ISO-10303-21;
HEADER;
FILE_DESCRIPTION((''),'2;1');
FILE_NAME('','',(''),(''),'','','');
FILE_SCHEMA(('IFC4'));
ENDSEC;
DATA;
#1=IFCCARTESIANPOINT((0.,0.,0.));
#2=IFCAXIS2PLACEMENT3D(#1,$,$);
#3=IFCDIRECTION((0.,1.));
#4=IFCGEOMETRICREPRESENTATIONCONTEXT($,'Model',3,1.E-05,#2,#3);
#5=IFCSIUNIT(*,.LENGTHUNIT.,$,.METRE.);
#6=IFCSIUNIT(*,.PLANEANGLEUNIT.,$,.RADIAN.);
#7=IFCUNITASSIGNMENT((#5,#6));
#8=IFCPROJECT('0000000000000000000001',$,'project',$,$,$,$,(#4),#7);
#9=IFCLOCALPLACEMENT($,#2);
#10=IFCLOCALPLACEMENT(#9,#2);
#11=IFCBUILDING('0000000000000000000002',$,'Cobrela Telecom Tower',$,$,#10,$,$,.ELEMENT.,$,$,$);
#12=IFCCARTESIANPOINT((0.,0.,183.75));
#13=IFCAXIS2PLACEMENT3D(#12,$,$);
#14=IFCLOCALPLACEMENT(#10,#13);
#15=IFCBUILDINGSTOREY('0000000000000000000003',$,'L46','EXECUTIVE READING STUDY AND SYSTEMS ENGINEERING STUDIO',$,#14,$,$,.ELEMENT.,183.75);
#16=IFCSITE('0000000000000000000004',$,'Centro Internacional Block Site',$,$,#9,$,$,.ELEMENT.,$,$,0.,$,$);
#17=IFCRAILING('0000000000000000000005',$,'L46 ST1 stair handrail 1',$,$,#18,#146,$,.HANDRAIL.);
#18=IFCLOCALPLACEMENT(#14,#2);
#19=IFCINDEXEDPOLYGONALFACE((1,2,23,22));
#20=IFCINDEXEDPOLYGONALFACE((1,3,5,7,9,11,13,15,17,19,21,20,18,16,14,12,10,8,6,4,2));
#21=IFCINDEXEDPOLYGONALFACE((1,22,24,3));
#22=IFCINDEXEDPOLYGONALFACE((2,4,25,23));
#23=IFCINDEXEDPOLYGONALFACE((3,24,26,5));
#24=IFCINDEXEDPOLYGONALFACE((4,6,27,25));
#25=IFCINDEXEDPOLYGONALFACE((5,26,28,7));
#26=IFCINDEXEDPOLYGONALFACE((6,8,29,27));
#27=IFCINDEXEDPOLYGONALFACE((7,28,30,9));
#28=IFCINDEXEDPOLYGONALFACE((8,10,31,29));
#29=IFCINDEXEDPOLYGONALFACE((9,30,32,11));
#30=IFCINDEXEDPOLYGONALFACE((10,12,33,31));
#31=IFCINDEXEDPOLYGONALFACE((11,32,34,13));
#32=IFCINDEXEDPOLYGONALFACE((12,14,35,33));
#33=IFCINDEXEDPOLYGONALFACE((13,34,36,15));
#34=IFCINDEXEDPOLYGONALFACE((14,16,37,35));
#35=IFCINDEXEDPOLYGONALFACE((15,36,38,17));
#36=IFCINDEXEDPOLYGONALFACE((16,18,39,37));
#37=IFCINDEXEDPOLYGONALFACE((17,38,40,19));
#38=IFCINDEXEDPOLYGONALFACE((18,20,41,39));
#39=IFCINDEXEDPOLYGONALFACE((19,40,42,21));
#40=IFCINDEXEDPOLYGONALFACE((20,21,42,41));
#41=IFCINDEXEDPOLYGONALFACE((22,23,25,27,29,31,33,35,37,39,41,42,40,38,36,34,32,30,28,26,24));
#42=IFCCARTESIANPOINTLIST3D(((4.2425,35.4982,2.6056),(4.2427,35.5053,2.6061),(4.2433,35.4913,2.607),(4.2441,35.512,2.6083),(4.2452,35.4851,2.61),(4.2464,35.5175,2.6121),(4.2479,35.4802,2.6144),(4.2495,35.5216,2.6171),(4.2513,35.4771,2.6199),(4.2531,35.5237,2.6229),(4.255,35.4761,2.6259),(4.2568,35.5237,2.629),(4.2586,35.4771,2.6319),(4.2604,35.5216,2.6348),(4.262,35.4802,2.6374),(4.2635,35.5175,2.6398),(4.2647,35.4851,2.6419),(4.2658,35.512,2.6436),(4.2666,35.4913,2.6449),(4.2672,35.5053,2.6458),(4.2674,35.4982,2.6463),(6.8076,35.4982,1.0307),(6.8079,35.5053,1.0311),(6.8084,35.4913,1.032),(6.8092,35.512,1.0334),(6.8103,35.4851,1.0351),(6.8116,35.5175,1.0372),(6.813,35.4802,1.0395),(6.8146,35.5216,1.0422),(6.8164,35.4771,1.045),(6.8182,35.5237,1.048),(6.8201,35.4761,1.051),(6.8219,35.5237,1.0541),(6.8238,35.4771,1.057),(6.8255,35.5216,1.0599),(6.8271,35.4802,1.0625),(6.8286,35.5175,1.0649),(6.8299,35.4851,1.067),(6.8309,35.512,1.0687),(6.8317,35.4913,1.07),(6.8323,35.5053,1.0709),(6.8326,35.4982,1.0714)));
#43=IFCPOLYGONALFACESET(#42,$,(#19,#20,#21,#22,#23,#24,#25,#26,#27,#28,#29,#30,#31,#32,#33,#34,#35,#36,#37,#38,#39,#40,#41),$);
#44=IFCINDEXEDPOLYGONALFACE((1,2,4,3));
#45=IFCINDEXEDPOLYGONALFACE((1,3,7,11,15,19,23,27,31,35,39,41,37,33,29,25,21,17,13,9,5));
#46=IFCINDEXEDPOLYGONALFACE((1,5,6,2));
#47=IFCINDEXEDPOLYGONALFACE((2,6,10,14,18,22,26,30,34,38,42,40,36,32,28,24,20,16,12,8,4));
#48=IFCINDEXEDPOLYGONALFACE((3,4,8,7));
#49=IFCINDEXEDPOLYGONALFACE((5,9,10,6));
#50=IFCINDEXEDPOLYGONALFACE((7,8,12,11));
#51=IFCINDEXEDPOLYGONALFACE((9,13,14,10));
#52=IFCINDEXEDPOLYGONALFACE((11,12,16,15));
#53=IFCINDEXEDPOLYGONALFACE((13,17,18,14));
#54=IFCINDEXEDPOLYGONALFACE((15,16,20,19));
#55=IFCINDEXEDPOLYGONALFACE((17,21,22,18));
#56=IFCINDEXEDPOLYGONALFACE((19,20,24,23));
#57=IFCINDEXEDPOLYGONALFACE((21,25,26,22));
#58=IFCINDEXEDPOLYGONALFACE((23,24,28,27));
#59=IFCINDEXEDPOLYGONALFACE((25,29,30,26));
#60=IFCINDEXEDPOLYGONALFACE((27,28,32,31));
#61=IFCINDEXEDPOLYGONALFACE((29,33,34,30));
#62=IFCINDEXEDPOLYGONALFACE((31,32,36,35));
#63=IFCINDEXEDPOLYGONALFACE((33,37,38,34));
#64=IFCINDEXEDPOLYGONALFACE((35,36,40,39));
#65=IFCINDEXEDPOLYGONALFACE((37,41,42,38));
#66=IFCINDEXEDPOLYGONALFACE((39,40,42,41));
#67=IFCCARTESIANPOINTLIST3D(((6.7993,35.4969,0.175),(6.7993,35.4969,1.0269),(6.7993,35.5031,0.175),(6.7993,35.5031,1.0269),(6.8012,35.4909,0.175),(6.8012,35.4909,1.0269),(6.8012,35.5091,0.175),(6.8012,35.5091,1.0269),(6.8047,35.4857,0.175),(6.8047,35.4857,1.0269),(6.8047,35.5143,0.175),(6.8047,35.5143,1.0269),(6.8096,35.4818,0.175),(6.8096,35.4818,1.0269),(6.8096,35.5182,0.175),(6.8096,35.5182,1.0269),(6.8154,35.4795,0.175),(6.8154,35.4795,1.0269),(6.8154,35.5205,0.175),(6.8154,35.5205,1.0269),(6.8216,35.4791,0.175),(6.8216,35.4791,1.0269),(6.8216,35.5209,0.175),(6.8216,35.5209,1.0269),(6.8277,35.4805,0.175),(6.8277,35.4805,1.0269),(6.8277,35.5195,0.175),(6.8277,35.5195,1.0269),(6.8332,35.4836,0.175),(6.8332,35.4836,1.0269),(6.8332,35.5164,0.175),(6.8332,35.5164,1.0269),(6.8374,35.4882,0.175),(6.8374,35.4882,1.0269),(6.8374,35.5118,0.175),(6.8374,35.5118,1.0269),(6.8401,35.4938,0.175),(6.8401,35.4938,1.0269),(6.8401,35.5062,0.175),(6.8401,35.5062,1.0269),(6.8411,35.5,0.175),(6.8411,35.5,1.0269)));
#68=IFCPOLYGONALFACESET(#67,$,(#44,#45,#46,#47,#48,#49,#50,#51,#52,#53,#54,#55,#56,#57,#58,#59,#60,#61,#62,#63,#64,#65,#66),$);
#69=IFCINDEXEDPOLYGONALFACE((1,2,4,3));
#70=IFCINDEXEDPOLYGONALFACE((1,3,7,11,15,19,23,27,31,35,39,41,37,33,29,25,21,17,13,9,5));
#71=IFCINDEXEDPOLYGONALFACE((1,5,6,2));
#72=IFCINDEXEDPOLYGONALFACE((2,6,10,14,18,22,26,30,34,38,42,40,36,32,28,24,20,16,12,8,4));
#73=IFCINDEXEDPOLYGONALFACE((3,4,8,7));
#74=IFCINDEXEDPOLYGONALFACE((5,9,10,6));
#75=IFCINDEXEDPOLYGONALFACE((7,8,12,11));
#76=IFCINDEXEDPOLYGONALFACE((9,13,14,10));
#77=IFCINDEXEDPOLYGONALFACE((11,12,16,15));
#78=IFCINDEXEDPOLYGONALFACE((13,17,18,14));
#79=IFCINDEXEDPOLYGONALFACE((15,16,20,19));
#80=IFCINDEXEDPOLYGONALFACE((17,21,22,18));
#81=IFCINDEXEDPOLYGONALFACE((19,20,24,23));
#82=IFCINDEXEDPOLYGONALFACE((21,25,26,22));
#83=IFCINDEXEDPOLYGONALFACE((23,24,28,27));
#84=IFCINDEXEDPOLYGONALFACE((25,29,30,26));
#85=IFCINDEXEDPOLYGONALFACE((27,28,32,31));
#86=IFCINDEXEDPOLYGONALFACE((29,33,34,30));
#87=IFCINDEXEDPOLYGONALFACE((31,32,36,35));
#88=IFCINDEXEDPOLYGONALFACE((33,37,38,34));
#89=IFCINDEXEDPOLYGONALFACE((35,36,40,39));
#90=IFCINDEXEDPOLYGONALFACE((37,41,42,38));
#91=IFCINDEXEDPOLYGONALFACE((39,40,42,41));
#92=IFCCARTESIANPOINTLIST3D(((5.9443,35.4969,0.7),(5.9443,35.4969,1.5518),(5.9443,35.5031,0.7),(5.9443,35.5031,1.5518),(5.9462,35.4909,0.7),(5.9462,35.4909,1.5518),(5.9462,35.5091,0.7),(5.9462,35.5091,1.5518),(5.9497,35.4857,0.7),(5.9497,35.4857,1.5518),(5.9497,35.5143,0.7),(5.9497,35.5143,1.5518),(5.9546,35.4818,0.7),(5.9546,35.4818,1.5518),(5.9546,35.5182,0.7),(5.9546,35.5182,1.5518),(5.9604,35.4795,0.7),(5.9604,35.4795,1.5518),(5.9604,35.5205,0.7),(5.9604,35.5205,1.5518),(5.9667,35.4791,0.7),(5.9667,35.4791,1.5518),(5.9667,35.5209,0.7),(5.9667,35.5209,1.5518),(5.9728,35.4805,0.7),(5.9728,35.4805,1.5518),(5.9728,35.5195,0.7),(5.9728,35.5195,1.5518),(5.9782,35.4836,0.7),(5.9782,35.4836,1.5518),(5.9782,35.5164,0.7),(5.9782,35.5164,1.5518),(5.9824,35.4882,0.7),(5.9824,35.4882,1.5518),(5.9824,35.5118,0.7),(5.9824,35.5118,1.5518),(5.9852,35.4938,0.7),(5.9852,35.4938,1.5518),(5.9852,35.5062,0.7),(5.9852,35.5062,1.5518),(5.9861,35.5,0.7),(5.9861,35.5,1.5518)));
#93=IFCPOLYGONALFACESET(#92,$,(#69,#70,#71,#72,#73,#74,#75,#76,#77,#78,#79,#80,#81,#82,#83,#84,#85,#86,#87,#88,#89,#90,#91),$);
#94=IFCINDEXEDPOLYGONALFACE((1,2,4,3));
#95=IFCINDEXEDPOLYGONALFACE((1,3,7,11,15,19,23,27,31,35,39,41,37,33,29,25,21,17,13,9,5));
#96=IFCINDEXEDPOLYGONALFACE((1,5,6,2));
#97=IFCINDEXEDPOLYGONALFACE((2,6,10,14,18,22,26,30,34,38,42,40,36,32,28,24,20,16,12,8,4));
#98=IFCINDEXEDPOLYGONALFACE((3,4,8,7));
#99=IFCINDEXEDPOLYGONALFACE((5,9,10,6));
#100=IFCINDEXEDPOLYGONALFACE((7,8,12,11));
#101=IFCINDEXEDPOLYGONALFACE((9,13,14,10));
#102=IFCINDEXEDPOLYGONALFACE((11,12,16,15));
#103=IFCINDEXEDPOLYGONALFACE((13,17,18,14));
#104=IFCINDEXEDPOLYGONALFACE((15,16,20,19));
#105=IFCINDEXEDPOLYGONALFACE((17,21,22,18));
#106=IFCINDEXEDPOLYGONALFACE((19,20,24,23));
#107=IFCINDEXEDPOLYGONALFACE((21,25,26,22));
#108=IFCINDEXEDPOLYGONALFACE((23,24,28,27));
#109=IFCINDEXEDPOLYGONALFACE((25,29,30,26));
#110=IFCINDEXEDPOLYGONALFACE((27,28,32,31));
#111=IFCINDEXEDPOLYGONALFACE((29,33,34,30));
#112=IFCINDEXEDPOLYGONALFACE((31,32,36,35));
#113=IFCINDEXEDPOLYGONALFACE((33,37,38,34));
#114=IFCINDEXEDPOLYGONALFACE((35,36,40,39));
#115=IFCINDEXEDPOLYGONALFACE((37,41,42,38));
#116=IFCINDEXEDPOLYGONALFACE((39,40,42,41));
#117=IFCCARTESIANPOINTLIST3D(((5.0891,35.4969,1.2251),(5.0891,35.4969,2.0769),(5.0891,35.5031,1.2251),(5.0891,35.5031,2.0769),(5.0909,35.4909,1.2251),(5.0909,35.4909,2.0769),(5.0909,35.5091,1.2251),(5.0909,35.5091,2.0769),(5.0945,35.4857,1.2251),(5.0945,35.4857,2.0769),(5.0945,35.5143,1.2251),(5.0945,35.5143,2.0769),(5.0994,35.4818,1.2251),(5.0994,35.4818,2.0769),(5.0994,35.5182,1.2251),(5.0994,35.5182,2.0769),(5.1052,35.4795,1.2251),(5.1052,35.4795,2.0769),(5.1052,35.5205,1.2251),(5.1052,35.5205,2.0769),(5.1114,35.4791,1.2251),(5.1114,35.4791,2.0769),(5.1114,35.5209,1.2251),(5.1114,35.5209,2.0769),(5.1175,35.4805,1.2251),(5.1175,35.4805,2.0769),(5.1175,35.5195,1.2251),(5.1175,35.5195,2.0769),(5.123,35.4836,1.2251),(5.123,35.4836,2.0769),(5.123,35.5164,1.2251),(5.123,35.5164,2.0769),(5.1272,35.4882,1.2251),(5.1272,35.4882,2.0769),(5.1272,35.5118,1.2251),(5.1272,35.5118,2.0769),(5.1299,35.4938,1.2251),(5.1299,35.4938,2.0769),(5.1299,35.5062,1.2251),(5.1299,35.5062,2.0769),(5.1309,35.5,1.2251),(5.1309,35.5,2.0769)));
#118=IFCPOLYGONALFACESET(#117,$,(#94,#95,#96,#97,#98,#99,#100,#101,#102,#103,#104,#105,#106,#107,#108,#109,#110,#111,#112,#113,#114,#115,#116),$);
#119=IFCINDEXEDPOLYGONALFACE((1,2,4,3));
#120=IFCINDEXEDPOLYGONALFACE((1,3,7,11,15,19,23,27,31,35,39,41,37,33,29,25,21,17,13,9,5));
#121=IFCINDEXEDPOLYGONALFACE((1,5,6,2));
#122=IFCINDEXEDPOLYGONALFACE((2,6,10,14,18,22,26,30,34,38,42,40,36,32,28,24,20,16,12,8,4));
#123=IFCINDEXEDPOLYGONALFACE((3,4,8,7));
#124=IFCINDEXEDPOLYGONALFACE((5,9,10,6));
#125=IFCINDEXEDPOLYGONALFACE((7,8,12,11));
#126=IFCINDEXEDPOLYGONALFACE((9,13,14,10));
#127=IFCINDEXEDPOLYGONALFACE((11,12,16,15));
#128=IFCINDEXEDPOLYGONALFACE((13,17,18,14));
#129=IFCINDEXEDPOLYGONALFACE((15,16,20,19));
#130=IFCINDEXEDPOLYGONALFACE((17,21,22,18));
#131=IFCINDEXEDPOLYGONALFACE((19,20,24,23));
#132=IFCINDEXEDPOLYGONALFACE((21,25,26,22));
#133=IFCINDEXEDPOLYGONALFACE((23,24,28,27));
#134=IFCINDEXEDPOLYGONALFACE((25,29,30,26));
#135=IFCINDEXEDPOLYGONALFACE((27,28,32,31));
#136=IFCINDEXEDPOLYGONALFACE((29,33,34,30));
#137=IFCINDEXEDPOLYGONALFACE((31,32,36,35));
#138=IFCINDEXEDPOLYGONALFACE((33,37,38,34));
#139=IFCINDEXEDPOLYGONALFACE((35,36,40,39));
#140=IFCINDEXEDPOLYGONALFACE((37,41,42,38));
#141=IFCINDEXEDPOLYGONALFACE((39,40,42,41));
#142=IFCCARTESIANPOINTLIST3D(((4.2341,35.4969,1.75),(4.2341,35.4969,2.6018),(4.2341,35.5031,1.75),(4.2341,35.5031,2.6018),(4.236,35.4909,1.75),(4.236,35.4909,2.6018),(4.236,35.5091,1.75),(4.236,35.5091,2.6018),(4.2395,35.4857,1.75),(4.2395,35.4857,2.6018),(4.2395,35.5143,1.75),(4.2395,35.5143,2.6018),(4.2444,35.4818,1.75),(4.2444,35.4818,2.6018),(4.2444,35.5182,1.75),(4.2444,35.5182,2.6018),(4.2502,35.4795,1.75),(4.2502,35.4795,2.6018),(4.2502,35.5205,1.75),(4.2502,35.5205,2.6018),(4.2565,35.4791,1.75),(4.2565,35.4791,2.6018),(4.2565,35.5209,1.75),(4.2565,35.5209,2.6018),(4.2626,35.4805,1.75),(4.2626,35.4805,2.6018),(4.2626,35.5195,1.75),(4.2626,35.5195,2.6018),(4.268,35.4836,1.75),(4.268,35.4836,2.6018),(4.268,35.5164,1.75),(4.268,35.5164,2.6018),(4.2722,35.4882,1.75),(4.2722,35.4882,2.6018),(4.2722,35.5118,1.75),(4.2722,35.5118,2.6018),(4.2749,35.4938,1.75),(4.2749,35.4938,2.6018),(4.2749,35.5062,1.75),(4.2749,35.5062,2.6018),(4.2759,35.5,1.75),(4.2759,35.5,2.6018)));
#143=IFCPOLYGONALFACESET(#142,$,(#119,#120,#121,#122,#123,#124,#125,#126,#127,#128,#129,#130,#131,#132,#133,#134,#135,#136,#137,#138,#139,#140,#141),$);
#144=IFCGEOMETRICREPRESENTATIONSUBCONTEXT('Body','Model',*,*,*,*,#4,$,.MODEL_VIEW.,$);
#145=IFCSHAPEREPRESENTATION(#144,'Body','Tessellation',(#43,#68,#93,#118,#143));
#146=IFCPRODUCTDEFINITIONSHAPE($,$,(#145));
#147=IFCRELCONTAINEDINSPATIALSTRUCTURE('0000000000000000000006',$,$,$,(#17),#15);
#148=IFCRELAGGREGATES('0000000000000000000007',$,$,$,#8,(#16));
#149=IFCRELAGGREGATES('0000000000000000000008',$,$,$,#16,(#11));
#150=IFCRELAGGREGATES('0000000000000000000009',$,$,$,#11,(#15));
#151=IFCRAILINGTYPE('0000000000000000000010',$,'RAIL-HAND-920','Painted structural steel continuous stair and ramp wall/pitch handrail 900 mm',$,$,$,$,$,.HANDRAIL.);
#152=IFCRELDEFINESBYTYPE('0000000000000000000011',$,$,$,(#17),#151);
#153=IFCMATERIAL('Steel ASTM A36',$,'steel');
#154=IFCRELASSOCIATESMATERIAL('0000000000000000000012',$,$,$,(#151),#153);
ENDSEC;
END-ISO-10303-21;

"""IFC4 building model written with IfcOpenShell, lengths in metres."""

from ifc_helpers import new_model, si_unit, direction, frame, origin, origin_2d, place, context, subcontext, project, spatial, circle, extrude, material, type_object, element, save


model = new_model("IFC4")

# Units and contexts
model_context = context("Model", 3, precision=1e-05, world=origin(), true_north=direction((0.0, 1.0)))
body_context = subcontext(model_context, "Body", "Model", "MODEL_VIEW")
ifc_project = project(units=[si_unit("LENGTHUNIT", "METRE"), si_unit("PLANEANGLEUNIT", "RADIAN")], contexts=[model_context])

# Site, building, storey
site_placement = place(None, origin())
site = spatial("IfcSite", under=ifc_project, at=site_placement, Name="Centro Internacional Block Site", CompositionType="ELEMENT", RefElevation=0.0)
building_placement = place(site_placement, origin())
building = spatial("IfcBuilding", under=site, at=building_placement, Name="Cobrela Telecom Tower", CompositionType="ELEMENT")
storey_placement = place(building_placement, frame((0.0, 0.0, 183.75)))
storey = spatial("IfcBuildingStorey", under=building, at=storey_placement, Name="L46", Description="EXECUTIVE READING STUDY AND SYSTEMS ENGINEERING STUDIO", CompositionType="ELEMENT", Elevation=183.75)

# Shared definitions
ifc_material_1 = material(Name="Steel ASTM A36", Category="steel")

# Railing
railing_type_1 = type_object("IfcRailingType", Name="RAIL-HAND-920", Description="Painted structural steel continuous stair and ramp wall/pitch handrail 900 mm", PredefinedType="HANDRAIL", material=ifc_material_1)
railing_1_placement = place(storey_placement, frame((6.8201, 35.5, 0.175)))
element("IfcRailing", 1, at=railing_1_placement, inside=storey, type_object=railing_type_1, Name="L46 ST1 stair handrail 1", PredefinedType="HANDRAIL", context=body_context, shape_type="SweptSolid", body=[
    extrude(circle(Radius=0.0239, at=origin_2d()), frame((0.0, 0.0, 0.876), z_axis=(-0.852195, 0.0, 0.523224), x_axis=(0.0, -1.0, 0.0)), (0.0, 0.0, 1.0), 3.01),
    extrude(circle(Radius=0.021, at=origin_2d()), origin(), (0.0, 0.0, 1.0), 0.8518),
    extrude(circle(Radius=0.021, at=origin_2d()), frame((-0.855, 0.0, 0.5249)), (0.0, 0.0, 1.0), 0.8518),
    extrude(circle(Radius=0.021, at=origin_2d()), frame((-1.7102, 0.0, 1.05)), (0.0, 0.0, 1.0), 0.8518),
    extrude(circle(Radius=0.021, at=origin_2d()), frame((-2.5652, 0.0, 1.575)), (0.0, 0.0, 1.0), 0.8518),
])

save(model, "model.ifc")
